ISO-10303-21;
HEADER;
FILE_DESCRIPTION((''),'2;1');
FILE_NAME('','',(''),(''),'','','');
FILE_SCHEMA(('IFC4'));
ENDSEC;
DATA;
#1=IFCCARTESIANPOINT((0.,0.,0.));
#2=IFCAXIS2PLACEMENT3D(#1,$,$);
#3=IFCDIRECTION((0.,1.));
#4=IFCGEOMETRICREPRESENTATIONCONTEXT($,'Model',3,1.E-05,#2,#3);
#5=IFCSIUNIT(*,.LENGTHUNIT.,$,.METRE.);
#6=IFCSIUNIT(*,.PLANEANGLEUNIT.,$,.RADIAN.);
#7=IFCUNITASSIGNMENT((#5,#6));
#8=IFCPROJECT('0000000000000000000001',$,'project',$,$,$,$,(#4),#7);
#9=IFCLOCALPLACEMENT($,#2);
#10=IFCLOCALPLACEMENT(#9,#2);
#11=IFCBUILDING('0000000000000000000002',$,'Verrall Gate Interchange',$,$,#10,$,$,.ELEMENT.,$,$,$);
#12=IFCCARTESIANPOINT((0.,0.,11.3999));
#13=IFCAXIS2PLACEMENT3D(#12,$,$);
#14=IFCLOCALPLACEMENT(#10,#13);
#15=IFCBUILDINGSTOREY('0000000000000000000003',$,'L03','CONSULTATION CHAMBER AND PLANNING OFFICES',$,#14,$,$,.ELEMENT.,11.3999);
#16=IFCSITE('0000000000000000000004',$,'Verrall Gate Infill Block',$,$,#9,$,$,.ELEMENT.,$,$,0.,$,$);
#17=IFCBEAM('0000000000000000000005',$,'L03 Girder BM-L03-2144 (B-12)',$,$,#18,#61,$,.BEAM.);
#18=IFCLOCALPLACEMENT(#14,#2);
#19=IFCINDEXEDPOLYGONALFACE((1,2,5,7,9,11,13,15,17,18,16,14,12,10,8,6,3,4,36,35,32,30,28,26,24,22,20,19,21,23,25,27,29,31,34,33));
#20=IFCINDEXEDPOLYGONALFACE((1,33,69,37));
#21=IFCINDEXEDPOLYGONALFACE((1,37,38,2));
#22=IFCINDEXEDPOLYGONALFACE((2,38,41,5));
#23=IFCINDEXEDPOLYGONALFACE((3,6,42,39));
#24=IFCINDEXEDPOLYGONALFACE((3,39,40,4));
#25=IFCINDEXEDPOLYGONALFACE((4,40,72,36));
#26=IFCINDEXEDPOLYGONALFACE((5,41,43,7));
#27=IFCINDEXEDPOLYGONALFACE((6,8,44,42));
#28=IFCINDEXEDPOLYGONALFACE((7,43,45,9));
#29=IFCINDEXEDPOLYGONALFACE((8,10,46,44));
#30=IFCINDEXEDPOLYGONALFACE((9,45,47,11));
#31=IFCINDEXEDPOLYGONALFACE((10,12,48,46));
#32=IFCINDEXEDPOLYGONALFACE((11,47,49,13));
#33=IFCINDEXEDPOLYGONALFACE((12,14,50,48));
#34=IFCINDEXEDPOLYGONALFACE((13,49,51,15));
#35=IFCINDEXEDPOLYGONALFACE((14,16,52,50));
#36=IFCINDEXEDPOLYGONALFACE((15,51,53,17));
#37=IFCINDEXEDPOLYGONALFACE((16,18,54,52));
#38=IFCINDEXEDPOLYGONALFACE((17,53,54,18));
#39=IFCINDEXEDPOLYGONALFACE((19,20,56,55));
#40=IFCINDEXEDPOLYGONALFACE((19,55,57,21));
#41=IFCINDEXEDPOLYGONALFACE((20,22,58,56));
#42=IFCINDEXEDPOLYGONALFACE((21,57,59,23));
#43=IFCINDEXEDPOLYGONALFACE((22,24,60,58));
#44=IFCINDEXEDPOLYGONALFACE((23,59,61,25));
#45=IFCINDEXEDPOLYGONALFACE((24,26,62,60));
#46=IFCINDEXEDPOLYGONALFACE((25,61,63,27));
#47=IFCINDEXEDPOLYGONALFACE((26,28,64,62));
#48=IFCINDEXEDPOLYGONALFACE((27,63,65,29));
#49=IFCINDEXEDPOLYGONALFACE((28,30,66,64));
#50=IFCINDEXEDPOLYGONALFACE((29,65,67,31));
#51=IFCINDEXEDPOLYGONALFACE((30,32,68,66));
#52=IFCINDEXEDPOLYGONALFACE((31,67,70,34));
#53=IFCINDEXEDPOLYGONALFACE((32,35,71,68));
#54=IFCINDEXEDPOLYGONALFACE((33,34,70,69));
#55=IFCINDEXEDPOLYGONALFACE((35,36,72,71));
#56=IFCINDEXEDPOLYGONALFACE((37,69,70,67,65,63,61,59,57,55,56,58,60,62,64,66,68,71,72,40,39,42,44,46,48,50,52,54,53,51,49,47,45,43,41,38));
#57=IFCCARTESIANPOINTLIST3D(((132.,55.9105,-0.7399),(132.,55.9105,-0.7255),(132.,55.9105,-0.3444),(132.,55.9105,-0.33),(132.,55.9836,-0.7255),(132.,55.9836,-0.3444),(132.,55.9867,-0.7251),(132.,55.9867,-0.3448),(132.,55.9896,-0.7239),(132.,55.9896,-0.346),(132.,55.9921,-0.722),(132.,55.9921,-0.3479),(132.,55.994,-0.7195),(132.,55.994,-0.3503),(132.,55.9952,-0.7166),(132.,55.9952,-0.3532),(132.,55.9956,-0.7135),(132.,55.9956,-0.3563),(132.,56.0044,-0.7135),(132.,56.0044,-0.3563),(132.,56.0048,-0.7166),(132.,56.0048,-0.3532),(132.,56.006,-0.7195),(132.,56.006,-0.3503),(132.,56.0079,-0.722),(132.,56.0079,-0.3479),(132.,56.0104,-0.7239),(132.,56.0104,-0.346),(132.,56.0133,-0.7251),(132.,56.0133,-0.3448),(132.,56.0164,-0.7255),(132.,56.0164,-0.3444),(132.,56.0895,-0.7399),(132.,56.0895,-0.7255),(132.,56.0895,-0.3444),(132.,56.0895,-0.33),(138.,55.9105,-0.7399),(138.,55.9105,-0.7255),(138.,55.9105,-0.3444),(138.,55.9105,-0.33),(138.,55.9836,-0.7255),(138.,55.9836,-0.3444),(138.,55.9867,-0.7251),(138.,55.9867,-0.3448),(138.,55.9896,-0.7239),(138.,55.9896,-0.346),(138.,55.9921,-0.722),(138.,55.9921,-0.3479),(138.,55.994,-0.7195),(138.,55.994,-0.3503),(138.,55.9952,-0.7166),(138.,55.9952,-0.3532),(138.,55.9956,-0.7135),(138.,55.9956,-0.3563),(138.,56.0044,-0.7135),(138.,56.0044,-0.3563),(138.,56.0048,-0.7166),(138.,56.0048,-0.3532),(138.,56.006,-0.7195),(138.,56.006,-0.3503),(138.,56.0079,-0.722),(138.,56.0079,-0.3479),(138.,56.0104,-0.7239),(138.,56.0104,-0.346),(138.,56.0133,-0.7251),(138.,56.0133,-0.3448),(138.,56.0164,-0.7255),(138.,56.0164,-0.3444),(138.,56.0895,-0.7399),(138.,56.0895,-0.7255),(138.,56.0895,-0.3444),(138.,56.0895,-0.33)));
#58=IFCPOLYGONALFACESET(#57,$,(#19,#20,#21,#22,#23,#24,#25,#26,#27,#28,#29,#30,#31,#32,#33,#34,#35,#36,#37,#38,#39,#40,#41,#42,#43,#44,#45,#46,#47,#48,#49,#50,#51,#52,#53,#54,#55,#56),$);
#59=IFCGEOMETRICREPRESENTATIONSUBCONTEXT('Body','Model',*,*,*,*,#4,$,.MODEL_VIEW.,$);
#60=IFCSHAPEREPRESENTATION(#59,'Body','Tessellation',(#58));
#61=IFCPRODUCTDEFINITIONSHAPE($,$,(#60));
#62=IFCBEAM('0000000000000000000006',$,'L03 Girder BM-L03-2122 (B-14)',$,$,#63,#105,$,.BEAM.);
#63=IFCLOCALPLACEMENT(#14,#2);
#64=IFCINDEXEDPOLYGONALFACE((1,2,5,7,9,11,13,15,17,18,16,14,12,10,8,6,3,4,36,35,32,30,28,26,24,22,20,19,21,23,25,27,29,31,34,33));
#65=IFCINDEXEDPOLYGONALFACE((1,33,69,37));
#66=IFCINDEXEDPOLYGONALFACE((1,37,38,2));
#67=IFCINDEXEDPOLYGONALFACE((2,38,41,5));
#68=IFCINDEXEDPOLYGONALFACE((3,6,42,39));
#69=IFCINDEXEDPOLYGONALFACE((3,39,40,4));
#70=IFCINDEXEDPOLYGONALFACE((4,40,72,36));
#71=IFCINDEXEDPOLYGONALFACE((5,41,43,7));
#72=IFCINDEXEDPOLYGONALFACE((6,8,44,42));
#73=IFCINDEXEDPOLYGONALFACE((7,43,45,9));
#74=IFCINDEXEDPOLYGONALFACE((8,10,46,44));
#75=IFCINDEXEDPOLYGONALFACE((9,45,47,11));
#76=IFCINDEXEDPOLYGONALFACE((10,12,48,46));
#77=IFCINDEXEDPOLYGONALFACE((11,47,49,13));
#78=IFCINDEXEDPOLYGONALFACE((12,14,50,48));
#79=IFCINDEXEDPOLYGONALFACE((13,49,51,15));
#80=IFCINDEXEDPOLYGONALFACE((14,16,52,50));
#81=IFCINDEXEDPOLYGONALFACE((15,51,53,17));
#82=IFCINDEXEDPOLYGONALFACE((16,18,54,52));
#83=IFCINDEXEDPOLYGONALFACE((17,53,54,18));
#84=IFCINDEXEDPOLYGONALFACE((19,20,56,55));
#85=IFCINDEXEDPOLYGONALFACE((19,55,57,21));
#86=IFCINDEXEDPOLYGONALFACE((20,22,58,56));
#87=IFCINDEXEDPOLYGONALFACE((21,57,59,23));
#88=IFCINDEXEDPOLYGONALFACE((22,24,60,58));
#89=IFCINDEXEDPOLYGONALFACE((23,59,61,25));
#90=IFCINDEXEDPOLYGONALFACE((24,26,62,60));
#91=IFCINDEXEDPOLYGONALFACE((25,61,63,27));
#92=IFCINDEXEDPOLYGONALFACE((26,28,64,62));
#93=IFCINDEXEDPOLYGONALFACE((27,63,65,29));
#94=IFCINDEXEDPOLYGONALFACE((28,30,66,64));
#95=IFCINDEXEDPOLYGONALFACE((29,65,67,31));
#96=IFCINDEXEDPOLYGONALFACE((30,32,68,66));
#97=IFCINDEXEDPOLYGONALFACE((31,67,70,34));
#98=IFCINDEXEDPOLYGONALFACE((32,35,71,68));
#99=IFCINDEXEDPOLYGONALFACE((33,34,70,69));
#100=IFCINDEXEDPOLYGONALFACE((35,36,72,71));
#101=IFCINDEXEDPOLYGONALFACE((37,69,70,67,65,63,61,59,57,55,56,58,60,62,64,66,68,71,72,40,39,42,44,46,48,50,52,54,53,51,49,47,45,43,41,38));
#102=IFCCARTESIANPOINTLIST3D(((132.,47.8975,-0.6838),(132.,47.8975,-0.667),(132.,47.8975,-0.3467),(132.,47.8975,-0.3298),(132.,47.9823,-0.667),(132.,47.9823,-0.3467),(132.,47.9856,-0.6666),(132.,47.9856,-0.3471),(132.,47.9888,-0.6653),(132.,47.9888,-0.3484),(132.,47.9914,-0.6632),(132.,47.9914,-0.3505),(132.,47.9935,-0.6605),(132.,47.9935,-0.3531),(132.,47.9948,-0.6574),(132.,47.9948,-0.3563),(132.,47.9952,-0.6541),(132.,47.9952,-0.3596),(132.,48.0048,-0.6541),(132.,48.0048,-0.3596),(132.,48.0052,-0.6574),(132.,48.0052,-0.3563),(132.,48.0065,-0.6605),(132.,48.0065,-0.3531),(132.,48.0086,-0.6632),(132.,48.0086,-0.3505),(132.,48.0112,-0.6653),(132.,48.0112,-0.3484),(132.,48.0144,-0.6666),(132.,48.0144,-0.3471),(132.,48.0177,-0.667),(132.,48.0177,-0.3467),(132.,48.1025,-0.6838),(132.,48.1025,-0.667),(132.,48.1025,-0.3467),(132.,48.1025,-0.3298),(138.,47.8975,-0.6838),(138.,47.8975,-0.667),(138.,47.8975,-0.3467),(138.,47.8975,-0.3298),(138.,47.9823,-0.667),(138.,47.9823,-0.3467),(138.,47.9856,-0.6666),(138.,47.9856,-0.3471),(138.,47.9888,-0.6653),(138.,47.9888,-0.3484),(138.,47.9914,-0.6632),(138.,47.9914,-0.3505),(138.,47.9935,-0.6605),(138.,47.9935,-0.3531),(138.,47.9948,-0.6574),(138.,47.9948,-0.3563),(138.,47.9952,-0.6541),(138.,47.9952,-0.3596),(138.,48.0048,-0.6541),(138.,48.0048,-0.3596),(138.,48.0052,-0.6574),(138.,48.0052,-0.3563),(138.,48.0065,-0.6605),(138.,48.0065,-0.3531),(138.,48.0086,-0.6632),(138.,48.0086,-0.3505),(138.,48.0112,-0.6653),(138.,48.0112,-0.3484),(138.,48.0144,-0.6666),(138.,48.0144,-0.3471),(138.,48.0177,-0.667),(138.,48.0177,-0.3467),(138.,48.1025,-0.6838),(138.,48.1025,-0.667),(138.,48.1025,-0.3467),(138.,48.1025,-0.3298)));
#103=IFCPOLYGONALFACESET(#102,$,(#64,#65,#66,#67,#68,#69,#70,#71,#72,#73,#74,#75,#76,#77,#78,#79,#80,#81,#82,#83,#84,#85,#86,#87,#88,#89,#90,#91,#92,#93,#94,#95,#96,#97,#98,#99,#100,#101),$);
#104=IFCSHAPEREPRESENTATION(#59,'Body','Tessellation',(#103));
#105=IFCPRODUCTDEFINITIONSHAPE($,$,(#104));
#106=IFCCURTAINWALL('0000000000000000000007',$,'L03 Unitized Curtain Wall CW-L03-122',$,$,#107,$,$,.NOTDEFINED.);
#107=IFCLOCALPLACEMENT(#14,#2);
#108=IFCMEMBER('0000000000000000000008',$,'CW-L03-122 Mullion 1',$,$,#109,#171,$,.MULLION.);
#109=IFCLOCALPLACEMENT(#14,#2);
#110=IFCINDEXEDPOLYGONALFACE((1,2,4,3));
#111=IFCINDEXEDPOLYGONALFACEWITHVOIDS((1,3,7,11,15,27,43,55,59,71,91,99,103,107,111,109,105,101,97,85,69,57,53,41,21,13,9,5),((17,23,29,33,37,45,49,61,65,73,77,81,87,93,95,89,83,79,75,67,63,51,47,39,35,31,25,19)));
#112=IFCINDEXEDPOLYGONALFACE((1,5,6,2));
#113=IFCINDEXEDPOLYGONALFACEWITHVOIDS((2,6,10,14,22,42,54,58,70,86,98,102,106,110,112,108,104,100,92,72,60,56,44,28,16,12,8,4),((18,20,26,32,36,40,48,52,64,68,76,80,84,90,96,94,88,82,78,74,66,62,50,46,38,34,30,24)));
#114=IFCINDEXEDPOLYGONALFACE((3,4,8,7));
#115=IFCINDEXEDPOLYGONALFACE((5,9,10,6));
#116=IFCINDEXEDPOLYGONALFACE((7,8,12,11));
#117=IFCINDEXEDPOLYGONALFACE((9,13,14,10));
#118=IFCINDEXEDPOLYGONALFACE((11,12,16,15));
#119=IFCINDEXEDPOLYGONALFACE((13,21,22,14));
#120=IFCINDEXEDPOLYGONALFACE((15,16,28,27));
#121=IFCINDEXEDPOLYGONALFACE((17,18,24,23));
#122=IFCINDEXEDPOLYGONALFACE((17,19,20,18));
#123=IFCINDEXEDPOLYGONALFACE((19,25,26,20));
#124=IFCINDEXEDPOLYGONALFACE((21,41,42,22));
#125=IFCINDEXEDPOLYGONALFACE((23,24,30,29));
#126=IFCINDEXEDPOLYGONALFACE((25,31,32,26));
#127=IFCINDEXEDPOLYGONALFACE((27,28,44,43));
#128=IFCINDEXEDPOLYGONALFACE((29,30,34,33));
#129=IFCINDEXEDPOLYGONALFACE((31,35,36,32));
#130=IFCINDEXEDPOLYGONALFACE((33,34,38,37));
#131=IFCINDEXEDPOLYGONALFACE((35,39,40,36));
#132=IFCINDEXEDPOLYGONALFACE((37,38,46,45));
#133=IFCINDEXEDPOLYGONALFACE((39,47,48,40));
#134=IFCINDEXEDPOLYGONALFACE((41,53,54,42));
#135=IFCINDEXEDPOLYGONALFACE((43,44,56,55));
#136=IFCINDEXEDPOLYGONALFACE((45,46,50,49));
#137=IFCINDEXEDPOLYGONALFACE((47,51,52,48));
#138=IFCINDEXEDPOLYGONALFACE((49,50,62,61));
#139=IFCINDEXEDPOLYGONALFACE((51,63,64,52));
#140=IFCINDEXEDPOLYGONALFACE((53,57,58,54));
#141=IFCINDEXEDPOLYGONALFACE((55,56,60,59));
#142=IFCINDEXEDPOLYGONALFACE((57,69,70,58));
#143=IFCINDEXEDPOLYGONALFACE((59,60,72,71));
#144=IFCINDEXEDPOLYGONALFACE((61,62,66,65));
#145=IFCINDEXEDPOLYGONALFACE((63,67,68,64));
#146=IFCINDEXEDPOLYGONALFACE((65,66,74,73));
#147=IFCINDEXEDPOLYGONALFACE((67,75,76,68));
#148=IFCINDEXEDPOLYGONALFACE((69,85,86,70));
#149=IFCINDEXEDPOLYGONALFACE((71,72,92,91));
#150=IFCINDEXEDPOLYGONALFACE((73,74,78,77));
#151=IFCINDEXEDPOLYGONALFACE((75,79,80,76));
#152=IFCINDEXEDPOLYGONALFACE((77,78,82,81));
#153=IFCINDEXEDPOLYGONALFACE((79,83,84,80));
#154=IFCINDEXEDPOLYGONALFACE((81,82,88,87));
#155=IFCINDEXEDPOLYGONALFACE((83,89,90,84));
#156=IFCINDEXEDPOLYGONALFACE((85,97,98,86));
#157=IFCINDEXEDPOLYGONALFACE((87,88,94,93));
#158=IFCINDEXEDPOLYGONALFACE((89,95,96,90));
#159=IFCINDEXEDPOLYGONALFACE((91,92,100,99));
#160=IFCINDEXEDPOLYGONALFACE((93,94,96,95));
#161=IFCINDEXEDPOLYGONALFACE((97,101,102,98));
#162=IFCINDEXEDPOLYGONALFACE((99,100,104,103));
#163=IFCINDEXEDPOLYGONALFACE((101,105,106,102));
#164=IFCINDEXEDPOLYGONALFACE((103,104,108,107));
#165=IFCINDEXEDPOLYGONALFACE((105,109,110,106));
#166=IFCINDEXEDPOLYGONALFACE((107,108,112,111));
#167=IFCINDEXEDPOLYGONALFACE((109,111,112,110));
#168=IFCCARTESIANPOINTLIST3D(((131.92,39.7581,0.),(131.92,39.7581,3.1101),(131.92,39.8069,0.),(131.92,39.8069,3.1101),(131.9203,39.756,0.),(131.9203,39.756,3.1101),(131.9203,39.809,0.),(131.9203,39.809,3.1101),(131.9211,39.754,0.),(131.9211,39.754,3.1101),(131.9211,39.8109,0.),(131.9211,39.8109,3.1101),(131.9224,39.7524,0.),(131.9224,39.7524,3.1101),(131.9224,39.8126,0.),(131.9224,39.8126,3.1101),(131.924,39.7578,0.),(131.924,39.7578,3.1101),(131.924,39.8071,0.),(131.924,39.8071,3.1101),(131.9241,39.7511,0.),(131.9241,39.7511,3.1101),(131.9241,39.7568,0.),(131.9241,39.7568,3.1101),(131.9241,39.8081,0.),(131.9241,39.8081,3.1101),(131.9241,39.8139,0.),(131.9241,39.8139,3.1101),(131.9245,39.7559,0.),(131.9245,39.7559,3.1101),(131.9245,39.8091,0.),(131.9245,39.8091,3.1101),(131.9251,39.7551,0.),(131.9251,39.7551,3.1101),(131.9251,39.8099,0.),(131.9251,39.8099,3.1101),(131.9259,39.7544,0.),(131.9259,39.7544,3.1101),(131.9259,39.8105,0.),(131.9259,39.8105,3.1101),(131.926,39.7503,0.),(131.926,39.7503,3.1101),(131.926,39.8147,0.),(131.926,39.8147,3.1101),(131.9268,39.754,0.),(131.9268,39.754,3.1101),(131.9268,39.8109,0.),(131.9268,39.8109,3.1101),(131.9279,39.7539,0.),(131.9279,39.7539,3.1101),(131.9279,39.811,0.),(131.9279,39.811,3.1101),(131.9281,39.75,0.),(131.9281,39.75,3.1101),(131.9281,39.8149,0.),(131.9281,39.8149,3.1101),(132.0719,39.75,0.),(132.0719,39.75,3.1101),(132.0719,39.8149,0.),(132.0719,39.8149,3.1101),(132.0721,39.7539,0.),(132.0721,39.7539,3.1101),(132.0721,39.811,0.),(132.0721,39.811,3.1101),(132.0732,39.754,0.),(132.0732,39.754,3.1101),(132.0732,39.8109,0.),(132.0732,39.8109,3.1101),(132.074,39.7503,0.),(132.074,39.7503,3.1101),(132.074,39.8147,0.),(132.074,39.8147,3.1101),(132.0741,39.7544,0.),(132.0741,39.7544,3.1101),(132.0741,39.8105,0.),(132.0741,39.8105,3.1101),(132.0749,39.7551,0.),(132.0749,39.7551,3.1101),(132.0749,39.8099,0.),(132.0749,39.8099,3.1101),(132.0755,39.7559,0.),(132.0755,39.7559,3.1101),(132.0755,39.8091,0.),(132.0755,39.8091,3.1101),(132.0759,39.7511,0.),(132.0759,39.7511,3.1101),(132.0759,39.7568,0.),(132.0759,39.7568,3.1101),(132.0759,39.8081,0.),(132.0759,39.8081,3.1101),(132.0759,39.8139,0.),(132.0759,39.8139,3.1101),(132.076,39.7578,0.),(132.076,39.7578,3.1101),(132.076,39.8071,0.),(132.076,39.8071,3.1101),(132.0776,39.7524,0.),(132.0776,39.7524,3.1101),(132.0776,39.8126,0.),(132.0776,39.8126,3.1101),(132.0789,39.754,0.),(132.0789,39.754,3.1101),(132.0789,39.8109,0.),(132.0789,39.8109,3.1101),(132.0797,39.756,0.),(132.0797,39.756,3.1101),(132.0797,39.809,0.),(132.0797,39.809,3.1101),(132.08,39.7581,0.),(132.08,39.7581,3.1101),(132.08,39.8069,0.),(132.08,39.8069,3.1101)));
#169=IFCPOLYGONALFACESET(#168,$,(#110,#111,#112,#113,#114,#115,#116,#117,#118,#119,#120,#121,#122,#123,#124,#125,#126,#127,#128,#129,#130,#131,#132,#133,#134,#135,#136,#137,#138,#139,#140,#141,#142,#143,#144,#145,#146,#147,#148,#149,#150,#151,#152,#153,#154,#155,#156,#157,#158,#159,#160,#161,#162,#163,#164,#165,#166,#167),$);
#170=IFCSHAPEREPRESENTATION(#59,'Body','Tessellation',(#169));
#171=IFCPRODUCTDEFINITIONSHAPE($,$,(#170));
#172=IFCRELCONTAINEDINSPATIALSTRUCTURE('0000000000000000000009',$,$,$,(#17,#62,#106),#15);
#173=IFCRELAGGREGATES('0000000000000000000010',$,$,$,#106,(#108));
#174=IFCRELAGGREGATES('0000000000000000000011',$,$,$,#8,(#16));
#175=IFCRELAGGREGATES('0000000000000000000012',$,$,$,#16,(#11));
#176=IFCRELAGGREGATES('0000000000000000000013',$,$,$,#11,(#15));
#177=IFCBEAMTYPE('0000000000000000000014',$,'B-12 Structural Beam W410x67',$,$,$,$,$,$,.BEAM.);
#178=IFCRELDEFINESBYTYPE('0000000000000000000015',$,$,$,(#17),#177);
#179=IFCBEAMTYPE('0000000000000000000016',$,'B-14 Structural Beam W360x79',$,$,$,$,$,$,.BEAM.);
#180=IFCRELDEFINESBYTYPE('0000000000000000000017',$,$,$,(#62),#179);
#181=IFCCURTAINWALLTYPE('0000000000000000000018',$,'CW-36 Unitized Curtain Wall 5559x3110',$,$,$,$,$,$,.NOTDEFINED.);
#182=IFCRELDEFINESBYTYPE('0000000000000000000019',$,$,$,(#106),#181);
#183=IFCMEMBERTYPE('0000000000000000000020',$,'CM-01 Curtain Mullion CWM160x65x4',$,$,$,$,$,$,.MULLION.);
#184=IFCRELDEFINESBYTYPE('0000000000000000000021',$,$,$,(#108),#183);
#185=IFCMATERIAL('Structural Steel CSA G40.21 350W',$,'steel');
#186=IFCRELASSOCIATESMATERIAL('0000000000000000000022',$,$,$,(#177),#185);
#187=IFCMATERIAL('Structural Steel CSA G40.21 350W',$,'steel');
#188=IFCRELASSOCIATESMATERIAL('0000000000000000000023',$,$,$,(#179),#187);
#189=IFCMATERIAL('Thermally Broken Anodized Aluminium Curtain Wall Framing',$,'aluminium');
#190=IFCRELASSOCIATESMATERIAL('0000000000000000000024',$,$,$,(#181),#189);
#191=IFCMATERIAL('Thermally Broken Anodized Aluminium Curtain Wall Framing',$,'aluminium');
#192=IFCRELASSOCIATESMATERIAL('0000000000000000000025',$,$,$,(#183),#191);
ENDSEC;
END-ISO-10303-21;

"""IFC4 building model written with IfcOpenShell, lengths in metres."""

from ifc_helpers import new_model, si_unit, direction, frame, origin, origin_2d, place, context, subcontext, project, spatial, hollow_rectangle, i_section, extrude, material, material_profile, profile_set, type_object, element, aggregate, save


model = new_model("IFC4")

# Units and contexts
model_context = context("Model", 3, precision=1e-05, world=origin(), true_north=direction((0.0, 1.0)))
body_context = subcontext(model_context, "Body", "Model", "MODEL_VIEW")
ifc_project = project(units=[si_unit("LENGTHUNIT", "METRE"), si_unit("PLANEANGLEUNIT", "RADIAN")], contexts=[model_context])

# Site, building, storey
site_placement = place(None, origin())
site = spatial("IfcSite", under=ifc_project, at=site_placement, Name="Verrall Gate Infill Block", CompositionType="ELEMENT", RefElevation=0.0)
building_placement = place(site_placement, origin())
building = spatial("IfcBuilding", under=site, at=building_placement, Name="Verrall Gate Interchange", CompositionType="ELEMENT")
storey_placement = place(building_placement, frame((0.0, 0.0, 11.3999)))
storey = spatial("IfcBuildingStorey", under=building, at=storey_placement, Name="L03", Description="CONSULTATION CHAMBER AND PLANNING OFFICES", CompositionType="ELEMENT", Elevation=11.3999)

# Beams
ifc_material_1 = material(Name="Structural Steel CSA G40.21 350W", Category="steel")
ifc_material_profile_1 = material_profile(ifc_material_1, i_section(OverallWidth=0.179, OverallDepth=0.4099, WebThickness=0.0088, FlangeThickness=0.0144, FilletRadius=0.012, at=origin_2d()), Name="W410x67")
ifc_profile_set_1 = profile_set([ifc_material_profile_1], Name="Structural Steel CSA G40.21 350W")
beam_type_1 = type_object("IfcBeamType", Name="B-12 Structural Beam W410x67", PredefinedType="BEAM", material=ifc_profile_set_1)
beam_1_placement = place(storey_placement, frame((132.0, 56.0, -0.5349), z_axis=(1.0, 0.0, 0.0), x_axis=(0.0, 1.0, 0.0)))
element("IfcBeam", 1, at=beam_1_placement, inside=storey, type_object=beam_type_1, Name="L03 Girder BM-L03-2144 (B-12)", PredefinedType="BEAM", context=body_context, shape_type="SweptSolid", body=[
    extrude(i_section(OverallWidth=0.179, OverallDepth=0.4099, WebThickness=0.0088, FlangeThickness=0.0144, FilletRadius=0.012, at=origin_2d()), origin(), (0.0, 0.0, 1.0), 6.0),
])
ifc_material_2 = material(Name="Structural Steel CSA G40.21 350W", Category="steel")
ifc_material_profile_2 = material_profile(ifc_material_2, i_section(OverallWidth=0.2051, OverallDepth=0.354, WebThickness=0.0095, FlangeThickness=0.0168, FilletRadius=0.0129, at=origin_2d()), Name="W360x79")
ifc_profile_set_2 = profile_set([ifc_material_profile_2], Name="Structural Steel CSA G40.21 350W")
beam_type_2 = type_object("IfcBeamType", Name="B-14 Structural Beam W360x79", PredefinedType="BEAM", material=ifc_profile_set_2)
beam_2_placement = place(storey_placement, frame((132.0, 48.0, -0.5068), z_axis=(1.0, 0.0, 0.0), x_axis=(0.0, 1.0, 0.0)))
element("IfcBeam", 2, at=beam_2_placement, inside=storey, type_object=beam_type_2, Name="L03 Girder BM-L03-2122 (B-14)", PredefinedType="BEAM", context=body_context, shape_type="SweptSolid", body=[
    extrude(i_section(OverallWidth=0.2051, OverallDepth=0.354, WebThickness=0.0095, FlangeThickness=0.0168, FilletRadius=0.0129, at=origin_2d()), origin(), (0.0, 0.0, 1.0), 6.0),
])

# Curtain wall, member
ifc_material_3 = material(Name="Thermally Broken Anodized Aluminium Curtain Wall Framing", Category="aluminium")
curtain_wall_type_1 = type_object("IfcCurtainWallType", Name="CW-36 Unitized Curtain Wall 5559x3110", PredefinedType="NOTDEFINED", material=ifc_material_3)
curtain_wall_1_placement = place(storey_placement, origin())
curtain_wall_1 = element("IfcCurtainWall", 3, at=curtain_wall_1_placement, inside=storey, type_object=curtain_wall_type_1, Name="L03 Unitized Curtain Wall CW-L03-122", PredefinedType="NOTDEFINED")
ifc_material_4 = material(Name="Thermally Broken Anodized Aluminium Curtain Wall Framing", Category="aluminium")
ifc_material_profile_3 = material_profile(ifc_material_4, hollow_rectangle(XDim=0.0649, YDim=0.1599, WallThickness=0.0039, InnerFilletRadius=0.0039, OuterFilletRadius=0.0081, at=origin_2d()), Name="CWM160x65x4")
ifc_profile_set_3 = profile_set([ifc_material_profile_3], Name="Thermally Broken Anodized Aluminium Curtain Wall Framing")
member_type_1 = type_object("IfcMemberType", Name="CM-01 Curtain Mullion CWM160x65x4", PredefinedType="MULLION", material=ifc_profile_set_3)
member_1_placement = place(storey_placement, frame((132.0, 39.7825, 0.0), z_axis=(0.0, 0.0, 1.0), x_axis=(0.0, -1.0, 0.0)))
member_1 = element("IfcMember", 4, at=member_1_placement, type_object=member_type_1, Name="CW-L03-122 Mullion 1", PredefinedType="MULLION", context=body_context, shape_type="SweptSolid", body=[
    extrude(hollow_rectangle(XDim=0.0649, YDim=0.1599, WallThickness=0.0039, InnerFilletRadius=0.0039, OuterFilletRadius=0.0081, at=origin_2d()), origin(), (0.0, 0.0, 1.0), 3.1101),
])

aggregate(curtain_wall_1, [member_1])

save(model, "model.ifc")
